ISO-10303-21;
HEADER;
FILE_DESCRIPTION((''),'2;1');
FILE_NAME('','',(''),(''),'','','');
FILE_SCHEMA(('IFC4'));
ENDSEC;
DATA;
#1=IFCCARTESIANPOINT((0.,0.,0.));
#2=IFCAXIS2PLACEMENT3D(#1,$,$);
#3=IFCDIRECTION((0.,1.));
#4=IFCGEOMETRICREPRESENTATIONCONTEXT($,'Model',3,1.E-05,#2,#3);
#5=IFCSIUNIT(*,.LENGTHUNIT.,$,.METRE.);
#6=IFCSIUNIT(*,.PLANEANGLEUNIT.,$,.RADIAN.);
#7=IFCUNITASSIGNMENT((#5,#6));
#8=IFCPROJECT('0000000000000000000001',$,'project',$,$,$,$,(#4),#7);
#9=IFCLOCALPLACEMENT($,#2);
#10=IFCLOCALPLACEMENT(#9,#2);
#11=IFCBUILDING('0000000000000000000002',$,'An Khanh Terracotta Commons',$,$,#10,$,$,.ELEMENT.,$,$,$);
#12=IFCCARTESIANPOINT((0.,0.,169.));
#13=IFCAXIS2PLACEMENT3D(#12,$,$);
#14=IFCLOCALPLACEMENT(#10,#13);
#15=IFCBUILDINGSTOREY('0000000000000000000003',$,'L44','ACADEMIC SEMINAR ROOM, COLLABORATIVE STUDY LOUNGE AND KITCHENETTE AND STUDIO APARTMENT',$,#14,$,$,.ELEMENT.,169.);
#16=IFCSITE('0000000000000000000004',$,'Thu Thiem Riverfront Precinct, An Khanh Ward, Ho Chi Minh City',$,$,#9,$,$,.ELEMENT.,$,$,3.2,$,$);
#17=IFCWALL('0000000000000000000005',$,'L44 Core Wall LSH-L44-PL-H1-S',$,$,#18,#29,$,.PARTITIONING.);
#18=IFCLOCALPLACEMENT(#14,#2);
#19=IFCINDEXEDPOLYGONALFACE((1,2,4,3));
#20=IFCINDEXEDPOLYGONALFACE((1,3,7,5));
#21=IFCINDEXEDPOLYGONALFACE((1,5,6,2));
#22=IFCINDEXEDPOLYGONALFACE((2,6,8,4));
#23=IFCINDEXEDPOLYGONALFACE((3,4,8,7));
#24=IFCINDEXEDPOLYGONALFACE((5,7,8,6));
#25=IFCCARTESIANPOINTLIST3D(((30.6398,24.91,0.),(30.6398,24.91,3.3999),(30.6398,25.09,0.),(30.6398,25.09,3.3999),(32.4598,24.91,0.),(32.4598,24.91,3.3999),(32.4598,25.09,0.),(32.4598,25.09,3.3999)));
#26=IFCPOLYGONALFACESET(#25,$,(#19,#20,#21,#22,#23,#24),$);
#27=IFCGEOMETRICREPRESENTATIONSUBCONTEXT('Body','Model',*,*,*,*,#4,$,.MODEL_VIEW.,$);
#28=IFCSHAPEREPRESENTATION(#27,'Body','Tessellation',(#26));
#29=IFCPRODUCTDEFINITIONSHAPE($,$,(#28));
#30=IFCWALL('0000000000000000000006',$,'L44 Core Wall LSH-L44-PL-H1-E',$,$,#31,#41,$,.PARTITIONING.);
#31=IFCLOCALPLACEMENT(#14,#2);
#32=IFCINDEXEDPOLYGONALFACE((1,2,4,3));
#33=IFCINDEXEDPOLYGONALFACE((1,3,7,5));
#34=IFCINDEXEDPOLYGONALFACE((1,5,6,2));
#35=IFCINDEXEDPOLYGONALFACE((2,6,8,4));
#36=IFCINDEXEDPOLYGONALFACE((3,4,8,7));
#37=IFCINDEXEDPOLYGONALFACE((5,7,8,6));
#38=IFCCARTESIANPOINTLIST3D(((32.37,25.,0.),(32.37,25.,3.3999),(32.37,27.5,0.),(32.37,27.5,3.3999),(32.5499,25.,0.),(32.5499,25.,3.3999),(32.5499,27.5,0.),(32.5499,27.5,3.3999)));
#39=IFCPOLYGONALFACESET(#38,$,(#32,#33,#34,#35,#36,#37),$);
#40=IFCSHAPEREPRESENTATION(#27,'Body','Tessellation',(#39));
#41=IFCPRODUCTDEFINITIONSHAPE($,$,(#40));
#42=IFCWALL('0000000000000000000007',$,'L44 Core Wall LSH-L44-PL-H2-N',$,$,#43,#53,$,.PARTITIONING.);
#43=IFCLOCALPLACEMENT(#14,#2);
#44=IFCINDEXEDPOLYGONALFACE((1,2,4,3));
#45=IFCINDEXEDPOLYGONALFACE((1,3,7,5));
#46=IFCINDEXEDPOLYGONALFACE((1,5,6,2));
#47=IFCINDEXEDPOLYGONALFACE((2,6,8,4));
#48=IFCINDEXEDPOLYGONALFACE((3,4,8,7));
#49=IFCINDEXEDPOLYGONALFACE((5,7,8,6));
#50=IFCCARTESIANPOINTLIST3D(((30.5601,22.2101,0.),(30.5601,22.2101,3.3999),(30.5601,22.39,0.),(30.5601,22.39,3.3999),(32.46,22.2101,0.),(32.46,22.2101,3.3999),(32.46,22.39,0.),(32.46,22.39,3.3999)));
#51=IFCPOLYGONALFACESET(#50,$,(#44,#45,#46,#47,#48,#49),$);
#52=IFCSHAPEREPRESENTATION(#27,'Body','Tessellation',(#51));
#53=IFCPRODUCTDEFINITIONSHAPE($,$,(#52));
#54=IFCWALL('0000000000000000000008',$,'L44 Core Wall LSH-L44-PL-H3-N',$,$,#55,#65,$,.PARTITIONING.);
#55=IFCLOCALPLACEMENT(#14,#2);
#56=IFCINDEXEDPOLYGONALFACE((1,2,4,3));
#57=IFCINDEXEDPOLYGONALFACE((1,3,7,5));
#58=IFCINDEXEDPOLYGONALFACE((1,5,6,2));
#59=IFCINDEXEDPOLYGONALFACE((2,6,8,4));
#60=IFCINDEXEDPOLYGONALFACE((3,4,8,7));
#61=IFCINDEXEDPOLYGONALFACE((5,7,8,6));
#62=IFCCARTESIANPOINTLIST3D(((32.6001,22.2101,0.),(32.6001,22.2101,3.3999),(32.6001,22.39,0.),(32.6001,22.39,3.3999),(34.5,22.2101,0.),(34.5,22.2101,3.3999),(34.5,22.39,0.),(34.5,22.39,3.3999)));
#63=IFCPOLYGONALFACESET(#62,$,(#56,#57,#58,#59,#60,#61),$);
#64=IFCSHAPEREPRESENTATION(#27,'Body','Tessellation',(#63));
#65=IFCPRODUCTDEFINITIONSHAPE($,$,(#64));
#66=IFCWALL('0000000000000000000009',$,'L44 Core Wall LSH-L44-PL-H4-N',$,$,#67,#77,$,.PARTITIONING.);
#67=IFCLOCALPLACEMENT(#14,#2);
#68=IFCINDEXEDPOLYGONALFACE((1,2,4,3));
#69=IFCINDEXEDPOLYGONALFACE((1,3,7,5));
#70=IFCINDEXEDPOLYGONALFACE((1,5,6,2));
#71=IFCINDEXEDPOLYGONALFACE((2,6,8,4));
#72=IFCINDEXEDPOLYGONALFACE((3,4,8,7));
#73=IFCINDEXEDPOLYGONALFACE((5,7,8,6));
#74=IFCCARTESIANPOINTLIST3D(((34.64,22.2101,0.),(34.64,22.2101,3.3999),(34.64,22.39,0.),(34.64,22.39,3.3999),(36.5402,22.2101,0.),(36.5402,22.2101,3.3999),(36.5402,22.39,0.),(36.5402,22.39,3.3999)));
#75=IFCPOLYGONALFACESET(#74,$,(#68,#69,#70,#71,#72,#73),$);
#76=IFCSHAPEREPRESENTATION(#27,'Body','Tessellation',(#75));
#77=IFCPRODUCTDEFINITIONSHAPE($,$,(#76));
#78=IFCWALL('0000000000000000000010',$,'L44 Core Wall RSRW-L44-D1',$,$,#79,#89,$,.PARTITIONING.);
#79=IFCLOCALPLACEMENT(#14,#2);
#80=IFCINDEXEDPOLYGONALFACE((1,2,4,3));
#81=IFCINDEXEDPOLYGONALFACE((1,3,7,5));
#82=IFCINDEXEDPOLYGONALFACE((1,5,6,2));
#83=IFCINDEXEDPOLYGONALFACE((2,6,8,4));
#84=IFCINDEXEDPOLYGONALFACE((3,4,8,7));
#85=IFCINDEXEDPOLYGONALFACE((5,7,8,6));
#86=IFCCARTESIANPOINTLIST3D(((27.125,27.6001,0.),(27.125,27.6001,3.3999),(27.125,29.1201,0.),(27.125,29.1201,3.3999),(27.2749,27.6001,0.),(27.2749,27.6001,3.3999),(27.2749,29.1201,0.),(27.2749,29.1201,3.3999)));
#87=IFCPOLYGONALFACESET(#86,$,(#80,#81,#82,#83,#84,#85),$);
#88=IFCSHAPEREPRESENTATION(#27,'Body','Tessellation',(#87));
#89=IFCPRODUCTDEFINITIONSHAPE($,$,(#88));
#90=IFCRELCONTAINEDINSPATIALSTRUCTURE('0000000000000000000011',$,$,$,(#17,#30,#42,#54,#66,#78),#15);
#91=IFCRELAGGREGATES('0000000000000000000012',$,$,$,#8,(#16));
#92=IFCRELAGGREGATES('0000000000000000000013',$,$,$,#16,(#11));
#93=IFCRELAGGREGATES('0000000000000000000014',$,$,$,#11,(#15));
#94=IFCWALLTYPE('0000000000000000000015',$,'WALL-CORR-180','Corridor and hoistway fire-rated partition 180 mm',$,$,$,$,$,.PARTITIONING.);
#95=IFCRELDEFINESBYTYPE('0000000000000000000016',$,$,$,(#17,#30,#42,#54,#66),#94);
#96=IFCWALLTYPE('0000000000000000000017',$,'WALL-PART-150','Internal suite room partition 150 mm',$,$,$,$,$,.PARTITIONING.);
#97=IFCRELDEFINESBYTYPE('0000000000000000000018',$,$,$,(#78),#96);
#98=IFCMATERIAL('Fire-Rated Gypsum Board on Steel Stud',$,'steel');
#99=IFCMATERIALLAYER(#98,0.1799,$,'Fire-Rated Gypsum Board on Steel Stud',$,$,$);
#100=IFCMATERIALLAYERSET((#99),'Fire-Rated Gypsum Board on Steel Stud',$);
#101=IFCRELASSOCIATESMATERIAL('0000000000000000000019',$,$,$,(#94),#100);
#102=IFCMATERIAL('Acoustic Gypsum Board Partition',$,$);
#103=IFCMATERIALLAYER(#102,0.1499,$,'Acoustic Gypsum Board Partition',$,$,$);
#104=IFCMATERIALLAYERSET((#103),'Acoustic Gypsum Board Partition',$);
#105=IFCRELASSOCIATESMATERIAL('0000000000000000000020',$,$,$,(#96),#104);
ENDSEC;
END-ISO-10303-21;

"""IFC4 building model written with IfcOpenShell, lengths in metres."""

from ifc_helpers import new_model, si_unit, direction, frame, frame_2d, origin, place, context, subcontext, project, spatial, rectangle, extrude, material, layer, layer_set, type_object, element, save


model = new_model("IFC4")

# Units and contexts
model_context = context("Model", 3, precision=1e-05, world=origin(), true_north=direction((0.0, 1.0)))
body_context = subcontext(model_context, "Body", "Model", "MODEL_VIEW")
ifc_project = project(units=[si_unit("LENGTHUNIT", "METRE"), si_unit("PLANEANGLEUNIT", "RADIAN")], contexts=[model_context])

# Site, building, storey
site_placement = place(None, origin())
site = spatial("IfcSite", under=ifc_project, at=site_placement, Name="Thu Thiem Riverfront Precinct, An Khanh Ward, Ho Chi Minh City", CompositionType="ELEMENT", RefElevation=3.2)
building_placement = place(site_placement, origin())
building = spatial("IfcBuilding", under=site, at=building_placement, Name="An Khanh Terracotta Commons", CompositionType="ELEMENT")
storey_placement = place(building_placement, frame((0.0, 0.0, 169.0)))
storey = spatial("IfcBuildingStorey", under=building, at=storey_placement, Name="L44", Description="ACADEMIC SEMINAR ROOM, COLLABORATIVE STUDY LOUNGE AND KITCHENETTE AND STUDIO APARTMENT", CompositionType="ELEMENT", Elevation=169.0)

# Shared definitions
ifc_material_1 = material(Name="Fire-Rated Gypsum Board on Steel Stud", Category="steel")
ifc_layer_1 = layer(ifc_material_1, 0.1799, Name="Fire-Rated Gypsum Board on Steel Stud")
ifc_layer_set_1 = layer_set([ifc_layer_1], Name="Fire-Rated Gypsum Board on Steel Stud")
wall_type_1 = type_object("IfcWallType", Name="WALL-CORR-180", Description="Corridor and hoistway fire-rated partition 180 mm", PredefinedType="PARTITIONING", material=ifc_layer_set_1)

# Walls
wall_1_placement = place(storey_placement, frame((32.46, 25.0, 0.0), z_axis=(0.0, 0.0, 1.0), x_axis=(-1.0, 0.0, 0.0)))
element("IfcWall", 1, at=wall_1_placement, inside=storey, type_object=wall_type_1, Name="L44 Core Wall LSH-L44-PL-H1-S", PredefinedType="PARTITIONING", context=body_context, shape_type="SweptSolid", body=[
    extrude(rectangle(XDim=1.8201, YDim=0.1799, at=frame_2d((0.9102, 0.0))), origin(), (0.0, 0.0, 1.0), 3.3999),
])
wall_2_placement = place(storey_placement, frame((32.46, 25.0, 0.0), z_axis=(0.0, 0.0, 1.0), x_axis=(0.0, 1.0, 0.0)))
element("IfcWall", 2, at=wall_2_placement, inside=storey, type_object=wall_type_1, Name="L44 Core Wall LSH-L44-PL-H1-E", PredefinedType="PARTITIONING", context=body_context, shape_type="SweptSolid", body=[
    extrude(rectangle(XDim=2.5, YDim=0.1799, at=frame_2d((1.25, 0.0))), origin(), (0.0, 0.0, 1.0), 3.3999),
])
for number, where, z_axis, x_axis, name in (
    (3, (30.5601, 22.3, 0.0), (0.0, 0.0, 1.0), (1.0, 0.0, 0.0), "L44 Core Wall LSH-L44-PL-H2-N"),
    (4, (32.6001, 22.3, 0.0), (0.0, 0.0, 1.0), (1.0, 0.0, 0.0), "L44 Core Wall LSH-L44-PL-H3-N"),
):
    element("IfcWall", number, at=place(storey_placement, frame(where, z_axis=z_axis, x_axis=x_axis)), inside=storey, type_object=wall_type_1, Name=name, PredefinedType="PARTITIONING", context=body_context, shape_type="SweptSolid", body=[
        extrude(rectangle(XDim=1.8999, YDim=0.1799, at=frame_2d((0.95, 0.0))), origin(), (0.0, 0.0, 1.0), 3.3999),
    ])
wall_3_placement = place(storey_placement, frame((34.6399, 22.3, 0.0), z_axis=(0.0, 0.0, 1.0), x_axis=(1.0, 0.0, 0.0)))
element("IfcWall", 5, at=wall_3_placement, inside=storey, type_object=wall_type_1, Name="L44 Core Wall LSH-L44-PL-H4-N", PredefinedType="PARTITIONING", context=body_context, shape_type="SweptSolid", body=[
    extrude(rectangle(XDim=1.9001, YDim=0.1799, at=frame_2d((0.9502, 0.0))), origin(), (0.0, 0.0, 1.0), 3.3999),
])
ifc_material_2 = material(Name="Acoustic Gypsum Board Partition")
ifc_layer_2 = layer(ifc_material_2, 0.1499, Name="Acoustic Gypsum Board Partition")
ifc_layer_set_2 = layer_set([ifc_layer_2], Name="Acoustic Gypsum Board Partition")
wall_type_2 = type_object("IfcWallType", Name="WALL-PART-150", Description="Internal suite room partition 150 mm", PredefinedType="PARTITIONING", material=ifc_layer_set_2)
wall_4_placement = place(storey_placement, frame((27.2, 27.6001, 0.0), z_axis=(0.0, 0.0, 1.0), x_axis=(0.0, 1.0, 0.0)))
element("IfcWall", 6, at=wall_4_placement, inside=storey, type_object=wall_type_2, Name="L44 Core Wall RSRW-L44-D1", PredefinedType="PARTITIONING", context=body_context, shape_type="SweptSolid", body=[
    extrude(rectangle(XDim=1.52, YDim=0.1499, at=frame_2d((0.76, 0.0))), origin(), (0.0, 0.0, 1.0), 3.3999),
])

save(model, "model.ifc")
